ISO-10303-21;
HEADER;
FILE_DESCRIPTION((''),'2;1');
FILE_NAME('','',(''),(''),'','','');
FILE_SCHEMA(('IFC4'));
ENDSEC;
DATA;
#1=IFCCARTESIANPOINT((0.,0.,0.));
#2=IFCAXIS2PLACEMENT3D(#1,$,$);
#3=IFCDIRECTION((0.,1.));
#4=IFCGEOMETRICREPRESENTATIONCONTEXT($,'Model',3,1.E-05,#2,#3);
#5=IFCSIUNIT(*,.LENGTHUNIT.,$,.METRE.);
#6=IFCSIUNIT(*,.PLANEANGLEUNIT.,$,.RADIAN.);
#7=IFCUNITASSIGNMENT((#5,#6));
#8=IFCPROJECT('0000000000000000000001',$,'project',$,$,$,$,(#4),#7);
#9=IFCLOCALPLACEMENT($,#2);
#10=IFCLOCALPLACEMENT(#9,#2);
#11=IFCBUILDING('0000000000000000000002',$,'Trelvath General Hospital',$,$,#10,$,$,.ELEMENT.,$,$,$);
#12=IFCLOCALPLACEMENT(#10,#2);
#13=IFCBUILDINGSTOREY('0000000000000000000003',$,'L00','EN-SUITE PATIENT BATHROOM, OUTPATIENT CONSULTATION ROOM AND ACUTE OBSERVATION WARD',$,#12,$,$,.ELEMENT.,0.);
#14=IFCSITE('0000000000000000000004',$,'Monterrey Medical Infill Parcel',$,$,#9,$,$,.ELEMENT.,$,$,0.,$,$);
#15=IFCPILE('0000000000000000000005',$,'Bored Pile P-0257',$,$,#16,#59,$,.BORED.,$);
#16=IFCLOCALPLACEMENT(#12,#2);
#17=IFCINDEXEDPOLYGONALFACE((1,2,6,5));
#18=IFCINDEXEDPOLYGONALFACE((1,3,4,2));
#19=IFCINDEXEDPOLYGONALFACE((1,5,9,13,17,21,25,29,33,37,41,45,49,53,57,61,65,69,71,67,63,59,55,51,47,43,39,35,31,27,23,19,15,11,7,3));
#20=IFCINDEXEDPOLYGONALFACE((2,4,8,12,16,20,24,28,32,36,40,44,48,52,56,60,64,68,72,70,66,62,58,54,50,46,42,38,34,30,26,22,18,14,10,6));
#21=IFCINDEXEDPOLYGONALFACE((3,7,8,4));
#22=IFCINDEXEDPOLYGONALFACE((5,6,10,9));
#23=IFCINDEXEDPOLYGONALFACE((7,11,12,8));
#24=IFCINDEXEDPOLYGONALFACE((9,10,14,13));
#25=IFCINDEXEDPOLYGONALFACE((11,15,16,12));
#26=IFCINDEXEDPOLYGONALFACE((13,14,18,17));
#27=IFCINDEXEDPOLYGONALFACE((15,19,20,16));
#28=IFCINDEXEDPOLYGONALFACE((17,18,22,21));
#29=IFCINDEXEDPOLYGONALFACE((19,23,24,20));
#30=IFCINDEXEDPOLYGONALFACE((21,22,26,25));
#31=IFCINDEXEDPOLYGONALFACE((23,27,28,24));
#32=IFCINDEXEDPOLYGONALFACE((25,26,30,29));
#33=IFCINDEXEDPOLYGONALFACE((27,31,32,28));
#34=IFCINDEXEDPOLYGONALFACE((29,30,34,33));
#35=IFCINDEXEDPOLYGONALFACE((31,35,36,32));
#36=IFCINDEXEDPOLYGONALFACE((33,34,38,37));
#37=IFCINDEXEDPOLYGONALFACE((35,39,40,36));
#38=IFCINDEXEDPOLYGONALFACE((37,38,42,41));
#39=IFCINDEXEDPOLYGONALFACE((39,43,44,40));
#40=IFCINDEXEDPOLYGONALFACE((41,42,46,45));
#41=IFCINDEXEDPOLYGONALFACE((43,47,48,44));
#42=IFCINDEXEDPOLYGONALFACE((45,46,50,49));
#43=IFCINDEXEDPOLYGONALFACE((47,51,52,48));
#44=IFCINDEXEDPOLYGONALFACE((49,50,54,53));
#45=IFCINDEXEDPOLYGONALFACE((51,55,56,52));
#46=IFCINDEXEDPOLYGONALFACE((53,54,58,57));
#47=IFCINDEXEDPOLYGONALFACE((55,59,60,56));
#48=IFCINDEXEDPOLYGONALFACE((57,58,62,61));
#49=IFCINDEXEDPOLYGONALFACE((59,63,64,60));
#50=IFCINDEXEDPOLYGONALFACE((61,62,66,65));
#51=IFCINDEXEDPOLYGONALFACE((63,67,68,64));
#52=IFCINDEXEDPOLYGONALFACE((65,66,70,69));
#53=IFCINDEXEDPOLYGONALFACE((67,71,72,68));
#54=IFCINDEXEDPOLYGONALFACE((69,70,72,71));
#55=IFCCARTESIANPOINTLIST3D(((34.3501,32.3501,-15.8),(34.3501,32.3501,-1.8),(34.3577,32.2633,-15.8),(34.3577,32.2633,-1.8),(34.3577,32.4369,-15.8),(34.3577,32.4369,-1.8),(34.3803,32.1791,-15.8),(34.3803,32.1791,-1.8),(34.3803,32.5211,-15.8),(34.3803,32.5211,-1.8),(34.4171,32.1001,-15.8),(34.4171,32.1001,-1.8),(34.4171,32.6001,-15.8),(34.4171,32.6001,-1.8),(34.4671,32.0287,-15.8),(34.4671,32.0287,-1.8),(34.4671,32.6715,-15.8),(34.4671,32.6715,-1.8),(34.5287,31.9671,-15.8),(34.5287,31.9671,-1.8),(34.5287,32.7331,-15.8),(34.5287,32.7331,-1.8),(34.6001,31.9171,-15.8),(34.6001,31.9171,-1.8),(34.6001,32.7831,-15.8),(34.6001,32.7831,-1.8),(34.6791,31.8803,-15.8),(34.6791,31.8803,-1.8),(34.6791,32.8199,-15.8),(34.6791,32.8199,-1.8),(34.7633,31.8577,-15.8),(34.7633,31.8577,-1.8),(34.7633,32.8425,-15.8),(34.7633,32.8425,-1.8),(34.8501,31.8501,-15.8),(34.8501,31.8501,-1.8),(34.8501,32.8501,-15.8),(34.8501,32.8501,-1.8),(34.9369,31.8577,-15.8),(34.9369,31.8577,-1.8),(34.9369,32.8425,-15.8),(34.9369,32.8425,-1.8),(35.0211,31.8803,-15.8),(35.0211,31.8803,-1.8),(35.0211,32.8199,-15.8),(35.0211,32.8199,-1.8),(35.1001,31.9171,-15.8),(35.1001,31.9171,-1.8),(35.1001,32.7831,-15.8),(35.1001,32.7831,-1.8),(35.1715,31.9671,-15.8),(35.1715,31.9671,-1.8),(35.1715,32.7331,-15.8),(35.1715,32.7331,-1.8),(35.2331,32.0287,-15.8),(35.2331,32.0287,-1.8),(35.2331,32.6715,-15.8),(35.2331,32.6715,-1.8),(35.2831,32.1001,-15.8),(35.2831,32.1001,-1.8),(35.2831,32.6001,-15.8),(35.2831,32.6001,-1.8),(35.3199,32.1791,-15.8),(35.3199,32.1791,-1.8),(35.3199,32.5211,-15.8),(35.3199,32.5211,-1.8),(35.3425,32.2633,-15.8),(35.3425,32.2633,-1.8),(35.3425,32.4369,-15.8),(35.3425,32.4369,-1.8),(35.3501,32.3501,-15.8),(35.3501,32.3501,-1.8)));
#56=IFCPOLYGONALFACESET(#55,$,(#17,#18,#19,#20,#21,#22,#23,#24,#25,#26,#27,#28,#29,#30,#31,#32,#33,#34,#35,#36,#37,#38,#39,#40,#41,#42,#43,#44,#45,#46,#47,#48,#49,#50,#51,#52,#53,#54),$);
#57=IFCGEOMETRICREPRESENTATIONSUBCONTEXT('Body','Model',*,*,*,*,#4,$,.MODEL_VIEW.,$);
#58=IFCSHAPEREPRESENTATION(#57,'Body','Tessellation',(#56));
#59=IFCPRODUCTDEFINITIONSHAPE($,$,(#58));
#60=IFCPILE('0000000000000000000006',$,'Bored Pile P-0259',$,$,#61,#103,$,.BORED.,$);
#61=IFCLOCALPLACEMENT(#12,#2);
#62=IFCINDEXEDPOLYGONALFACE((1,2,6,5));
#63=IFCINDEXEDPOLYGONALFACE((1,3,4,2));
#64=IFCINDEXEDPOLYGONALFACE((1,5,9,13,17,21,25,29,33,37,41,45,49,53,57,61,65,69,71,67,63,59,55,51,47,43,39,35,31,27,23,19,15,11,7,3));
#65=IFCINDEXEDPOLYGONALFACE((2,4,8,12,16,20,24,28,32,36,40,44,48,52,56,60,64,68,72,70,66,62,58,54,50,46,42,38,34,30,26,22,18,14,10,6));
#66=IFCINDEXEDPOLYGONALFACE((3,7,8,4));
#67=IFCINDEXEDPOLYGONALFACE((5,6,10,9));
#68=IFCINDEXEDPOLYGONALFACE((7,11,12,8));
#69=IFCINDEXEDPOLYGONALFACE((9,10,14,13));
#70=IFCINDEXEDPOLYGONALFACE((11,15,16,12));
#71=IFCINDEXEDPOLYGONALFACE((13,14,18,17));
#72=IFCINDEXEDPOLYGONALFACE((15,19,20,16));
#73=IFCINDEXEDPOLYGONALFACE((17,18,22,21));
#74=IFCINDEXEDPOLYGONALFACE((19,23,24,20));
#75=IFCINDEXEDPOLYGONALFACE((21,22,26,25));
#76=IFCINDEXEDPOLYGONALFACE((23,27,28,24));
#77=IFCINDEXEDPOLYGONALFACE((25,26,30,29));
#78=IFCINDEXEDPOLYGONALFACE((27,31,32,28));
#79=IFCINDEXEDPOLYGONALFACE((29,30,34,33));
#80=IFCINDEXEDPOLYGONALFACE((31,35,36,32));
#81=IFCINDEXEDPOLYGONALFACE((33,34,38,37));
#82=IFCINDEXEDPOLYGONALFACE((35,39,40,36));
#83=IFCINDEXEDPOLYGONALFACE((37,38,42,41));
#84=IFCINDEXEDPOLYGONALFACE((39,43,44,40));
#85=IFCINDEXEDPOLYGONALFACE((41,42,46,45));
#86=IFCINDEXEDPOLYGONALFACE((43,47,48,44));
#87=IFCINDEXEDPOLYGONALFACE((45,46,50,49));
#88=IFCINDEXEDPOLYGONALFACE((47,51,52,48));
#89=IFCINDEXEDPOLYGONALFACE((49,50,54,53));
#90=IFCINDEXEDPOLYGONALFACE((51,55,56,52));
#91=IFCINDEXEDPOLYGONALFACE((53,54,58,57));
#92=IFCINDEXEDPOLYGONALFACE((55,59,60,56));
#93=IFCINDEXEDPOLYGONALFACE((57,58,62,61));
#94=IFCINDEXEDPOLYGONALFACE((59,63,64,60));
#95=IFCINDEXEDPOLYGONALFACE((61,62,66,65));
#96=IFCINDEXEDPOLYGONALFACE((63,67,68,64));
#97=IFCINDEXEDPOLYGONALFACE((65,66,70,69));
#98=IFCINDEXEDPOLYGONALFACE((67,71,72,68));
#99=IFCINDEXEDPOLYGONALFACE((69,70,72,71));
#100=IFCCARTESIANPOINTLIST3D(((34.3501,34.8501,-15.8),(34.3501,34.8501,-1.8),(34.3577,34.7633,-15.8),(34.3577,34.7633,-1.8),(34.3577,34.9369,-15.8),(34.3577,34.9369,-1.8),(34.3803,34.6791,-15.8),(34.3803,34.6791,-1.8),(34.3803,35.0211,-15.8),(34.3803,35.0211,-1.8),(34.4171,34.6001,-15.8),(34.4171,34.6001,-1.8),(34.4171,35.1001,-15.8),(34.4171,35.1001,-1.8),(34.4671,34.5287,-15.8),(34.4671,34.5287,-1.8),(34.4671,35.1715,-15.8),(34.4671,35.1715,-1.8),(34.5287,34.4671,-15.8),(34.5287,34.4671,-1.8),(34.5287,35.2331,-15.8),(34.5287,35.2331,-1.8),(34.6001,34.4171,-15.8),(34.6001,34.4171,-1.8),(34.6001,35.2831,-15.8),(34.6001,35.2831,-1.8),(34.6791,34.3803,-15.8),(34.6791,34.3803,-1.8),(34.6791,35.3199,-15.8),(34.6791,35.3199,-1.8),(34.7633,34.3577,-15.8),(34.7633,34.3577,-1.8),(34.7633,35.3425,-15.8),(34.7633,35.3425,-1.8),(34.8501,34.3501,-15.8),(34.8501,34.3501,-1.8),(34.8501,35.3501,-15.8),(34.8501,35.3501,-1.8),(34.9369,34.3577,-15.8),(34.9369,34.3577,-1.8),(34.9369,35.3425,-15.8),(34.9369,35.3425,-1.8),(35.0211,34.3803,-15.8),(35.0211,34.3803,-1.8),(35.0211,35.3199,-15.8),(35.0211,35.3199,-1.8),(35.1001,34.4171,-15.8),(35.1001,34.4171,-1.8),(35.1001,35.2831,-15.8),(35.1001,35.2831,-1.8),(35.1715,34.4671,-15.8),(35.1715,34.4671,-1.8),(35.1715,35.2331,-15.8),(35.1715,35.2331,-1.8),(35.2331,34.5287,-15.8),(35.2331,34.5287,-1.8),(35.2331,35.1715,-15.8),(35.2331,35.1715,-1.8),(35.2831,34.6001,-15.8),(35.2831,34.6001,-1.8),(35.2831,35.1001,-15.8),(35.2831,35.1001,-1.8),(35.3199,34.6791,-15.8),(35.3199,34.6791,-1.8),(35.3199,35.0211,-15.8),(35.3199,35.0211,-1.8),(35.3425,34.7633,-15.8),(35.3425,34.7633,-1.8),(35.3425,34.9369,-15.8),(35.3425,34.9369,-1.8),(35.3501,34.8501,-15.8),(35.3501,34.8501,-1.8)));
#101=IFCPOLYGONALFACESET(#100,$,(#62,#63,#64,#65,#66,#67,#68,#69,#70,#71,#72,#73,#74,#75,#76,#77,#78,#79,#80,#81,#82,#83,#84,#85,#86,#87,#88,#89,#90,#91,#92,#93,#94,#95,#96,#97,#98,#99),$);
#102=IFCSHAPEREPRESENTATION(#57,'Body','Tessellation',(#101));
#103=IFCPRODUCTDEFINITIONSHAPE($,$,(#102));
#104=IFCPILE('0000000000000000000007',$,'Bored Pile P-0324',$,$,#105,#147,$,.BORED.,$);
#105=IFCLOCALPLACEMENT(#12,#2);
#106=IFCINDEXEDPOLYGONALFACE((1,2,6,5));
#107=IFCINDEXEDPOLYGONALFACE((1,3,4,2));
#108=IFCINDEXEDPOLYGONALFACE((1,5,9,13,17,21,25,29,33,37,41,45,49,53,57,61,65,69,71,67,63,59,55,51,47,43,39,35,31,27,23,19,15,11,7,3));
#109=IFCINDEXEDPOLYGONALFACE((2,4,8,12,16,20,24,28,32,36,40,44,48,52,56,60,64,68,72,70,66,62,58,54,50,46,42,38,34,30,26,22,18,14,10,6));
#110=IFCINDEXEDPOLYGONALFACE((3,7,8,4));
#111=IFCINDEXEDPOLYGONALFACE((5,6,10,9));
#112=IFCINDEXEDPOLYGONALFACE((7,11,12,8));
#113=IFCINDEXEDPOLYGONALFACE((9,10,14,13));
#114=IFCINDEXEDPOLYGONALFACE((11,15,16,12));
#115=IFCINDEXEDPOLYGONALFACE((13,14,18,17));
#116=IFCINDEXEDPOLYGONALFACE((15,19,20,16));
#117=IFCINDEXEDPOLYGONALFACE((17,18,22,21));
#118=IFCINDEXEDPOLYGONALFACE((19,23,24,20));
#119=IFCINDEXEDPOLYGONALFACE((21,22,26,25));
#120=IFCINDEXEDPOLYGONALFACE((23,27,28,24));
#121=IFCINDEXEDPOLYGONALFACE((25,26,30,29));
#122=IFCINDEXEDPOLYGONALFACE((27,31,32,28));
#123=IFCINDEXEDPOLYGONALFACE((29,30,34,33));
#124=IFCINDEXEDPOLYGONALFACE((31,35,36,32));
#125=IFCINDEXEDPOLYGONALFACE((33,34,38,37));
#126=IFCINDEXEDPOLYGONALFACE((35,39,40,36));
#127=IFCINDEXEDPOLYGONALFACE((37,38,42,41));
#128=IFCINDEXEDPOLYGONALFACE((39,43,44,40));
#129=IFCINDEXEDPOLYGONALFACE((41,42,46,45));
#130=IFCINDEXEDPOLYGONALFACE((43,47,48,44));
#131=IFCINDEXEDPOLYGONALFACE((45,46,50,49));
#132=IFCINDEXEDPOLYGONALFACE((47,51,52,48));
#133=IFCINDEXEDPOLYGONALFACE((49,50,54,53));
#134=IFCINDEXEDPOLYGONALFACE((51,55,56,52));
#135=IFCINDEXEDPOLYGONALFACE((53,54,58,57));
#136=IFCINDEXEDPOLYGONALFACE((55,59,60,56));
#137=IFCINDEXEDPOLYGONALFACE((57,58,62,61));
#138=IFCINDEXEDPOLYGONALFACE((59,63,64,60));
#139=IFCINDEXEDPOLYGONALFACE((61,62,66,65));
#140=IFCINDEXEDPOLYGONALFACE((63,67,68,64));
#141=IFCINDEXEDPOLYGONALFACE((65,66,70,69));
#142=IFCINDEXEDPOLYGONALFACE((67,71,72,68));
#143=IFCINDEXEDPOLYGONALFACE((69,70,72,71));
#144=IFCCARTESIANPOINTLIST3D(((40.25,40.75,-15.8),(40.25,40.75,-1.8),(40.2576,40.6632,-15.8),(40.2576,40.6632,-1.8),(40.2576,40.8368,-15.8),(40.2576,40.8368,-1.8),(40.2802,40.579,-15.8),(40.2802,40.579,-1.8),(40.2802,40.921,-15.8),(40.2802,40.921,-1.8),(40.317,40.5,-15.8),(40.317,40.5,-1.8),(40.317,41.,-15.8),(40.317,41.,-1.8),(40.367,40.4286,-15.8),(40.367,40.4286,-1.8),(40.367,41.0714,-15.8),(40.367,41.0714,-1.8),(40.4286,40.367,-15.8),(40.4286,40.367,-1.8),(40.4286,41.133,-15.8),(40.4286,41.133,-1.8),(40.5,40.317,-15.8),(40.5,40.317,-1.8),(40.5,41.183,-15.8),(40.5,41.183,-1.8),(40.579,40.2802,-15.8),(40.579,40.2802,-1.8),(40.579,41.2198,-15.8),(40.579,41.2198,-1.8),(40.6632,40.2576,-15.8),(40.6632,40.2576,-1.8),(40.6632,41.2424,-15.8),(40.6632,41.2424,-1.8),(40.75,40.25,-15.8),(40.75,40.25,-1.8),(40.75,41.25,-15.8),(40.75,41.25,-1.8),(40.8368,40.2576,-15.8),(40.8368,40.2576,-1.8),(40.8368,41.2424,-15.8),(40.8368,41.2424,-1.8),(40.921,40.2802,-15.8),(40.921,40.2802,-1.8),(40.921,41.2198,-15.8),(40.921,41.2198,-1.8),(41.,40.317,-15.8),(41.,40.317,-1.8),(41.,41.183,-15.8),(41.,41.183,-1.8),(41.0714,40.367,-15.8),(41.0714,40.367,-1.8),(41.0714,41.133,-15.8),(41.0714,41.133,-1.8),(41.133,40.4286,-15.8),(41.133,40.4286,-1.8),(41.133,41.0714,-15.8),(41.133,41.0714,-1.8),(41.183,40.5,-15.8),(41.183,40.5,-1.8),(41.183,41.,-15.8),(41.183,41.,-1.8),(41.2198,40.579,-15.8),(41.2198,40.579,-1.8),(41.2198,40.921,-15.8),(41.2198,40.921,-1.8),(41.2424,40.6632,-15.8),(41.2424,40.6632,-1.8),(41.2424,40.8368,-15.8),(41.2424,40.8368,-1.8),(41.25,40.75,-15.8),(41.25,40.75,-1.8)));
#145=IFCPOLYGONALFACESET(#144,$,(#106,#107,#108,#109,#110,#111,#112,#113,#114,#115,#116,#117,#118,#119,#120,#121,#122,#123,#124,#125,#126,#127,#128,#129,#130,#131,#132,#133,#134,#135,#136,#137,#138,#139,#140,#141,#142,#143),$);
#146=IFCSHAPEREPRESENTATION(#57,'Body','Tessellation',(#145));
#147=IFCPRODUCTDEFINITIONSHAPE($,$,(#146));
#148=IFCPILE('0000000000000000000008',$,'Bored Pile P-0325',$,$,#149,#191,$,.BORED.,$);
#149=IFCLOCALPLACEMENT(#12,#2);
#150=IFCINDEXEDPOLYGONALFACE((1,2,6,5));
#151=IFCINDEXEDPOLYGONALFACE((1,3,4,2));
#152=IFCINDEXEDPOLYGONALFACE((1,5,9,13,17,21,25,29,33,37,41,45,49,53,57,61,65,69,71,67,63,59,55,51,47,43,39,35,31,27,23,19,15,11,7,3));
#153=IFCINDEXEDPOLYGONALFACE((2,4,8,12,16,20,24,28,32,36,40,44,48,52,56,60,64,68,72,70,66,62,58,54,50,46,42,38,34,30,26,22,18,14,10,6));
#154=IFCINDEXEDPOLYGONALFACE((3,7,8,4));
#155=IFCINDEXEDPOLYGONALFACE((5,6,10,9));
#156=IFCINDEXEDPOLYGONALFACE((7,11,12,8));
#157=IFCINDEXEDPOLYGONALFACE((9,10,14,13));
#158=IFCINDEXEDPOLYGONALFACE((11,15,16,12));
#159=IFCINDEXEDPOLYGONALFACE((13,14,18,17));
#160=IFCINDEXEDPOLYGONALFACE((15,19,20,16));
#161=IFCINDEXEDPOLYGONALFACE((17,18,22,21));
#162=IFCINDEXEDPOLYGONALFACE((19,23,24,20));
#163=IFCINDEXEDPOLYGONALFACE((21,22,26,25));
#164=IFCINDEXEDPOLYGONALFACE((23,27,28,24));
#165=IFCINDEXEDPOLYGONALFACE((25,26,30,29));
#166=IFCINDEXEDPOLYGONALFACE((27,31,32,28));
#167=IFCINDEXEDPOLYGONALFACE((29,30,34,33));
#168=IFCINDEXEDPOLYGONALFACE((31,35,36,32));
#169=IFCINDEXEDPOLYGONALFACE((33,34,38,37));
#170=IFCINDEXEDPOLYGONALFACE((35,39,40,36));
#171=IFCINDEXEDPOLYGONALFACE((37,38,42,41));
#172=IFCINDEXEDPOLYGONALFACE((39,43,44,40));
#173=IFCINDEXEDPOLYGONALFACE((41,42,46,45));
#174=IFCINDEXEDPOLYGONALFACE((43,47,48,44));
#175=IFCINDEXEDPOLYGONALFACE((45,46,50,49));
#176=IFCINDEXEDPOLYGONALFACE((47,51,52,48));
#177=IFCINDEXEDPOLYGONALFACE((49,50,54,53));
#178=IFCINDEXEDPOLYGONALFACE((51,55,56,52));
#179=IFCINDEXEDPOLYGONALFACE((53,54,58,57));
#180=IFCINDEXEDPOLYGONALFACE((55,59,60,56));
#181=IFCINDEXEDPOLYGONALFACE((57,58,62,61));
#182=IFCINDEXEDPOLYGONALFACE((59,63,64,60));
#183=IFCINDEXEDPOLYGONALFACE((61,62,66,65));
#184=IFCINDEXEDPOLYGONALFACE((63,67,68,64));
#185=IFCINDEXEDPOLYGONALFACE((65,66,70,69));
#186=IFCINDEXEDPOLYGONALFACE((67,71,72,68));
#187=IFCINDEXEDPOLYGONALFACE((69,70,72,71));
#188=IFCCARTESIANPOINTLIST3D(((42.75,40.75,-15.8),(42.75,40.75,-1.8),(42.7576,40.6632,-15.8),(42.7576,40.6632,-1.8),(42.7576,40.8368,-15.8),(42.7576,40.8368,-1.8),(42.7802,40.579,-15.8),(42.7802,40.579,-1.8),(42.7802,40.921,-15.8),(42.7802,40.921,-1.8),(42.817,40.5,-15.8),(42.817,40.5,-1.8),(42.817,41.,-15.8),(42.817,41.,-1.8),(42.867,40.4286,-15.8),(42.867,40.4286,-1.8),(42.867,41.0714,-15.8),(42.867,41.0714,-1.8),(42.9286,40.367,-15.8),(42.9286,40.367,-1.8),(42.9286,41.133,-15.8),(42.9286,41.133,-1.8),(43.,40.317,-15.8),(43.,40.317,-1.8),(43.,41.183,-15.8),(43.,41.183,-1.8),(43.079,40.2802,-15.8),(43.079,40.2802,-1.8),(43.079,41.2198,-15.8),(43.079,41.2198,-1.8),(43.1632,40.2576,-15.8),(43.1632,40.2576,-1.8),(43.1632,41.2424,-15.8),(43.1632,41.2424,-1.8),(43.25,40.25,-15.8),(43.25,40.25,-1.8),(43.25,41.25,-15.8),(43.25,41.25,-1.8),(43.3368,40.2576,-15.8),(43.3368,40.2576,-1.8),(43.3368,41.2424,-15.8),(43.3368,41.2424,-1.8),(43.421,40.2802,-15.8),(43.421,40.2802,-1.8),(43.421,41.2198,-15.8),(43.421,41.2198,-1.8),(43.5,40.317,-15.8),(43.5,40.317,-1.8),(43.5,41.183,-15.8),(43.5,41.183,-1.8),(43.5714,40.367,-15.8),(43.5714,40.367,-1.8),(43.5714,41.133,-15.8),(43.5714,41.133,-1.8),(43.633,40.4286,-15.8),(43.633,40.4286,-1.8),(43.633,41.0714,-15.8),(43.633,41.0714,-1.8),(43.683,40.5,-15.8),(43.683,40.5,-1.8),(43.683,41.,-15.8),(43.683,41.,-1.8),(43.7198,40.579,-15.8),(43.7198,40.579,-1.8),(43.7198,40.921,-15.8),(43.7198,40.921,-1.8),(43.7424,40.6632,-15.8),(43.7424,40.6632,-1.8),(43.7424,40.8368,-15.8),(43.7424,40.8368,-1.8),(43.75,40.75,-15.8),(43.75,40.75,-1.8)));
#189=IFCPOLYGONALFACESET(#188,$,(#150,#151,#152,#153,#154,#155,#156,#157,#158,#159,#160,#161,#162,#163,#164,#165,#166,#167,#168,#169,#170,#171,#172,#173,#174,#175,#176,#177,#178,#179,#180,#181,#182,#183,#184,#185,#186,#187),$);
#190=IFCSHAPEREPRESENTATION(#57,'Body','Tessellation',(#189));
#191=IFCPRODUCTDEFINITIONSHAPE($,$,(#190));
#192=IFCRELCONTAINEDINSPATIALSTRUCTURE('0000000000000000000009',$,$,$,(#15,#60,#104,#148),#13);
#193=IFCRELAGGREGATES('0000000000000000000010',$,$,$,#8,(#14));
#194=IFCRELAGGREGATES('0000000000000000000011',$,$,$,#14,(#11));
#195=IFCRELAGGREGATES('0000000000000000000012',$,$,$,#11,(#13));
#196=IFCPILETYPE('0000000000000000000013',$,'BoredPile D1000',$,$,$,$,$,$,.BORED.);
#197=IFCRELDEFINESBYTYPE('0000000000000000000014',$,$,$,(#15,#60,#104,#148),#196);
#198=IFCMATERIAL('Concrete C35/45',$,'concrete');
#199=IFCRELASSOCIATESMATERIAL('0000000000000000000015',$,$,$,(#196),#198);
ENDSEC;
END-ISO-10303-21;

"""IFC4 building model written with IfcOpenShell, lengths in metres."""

from ifc_helpers import new_model, si_unit, direction, frame, origin, origin_2d, place, context, subcontext, project, spatial, circle, extrude, material, material_profile, profile_set, type_object, element, save


model = new_model("IFC4")

# Units and contexts
model_context = context("Model", 3, precision=1e-05, world=origin(), true_north=direction((0.0, 1.0)))
body_context = subcontext(model_context, "Body", "Model", "MODEL_VIEW")
ifc_project = project(units=[si_unit("LENGTHUNIT", "METRE"), si_unit("PLANEANGLEUNIT", "RADIAN")], contexts=[model_context])

# Site, building, storey
site_placement = place(None, origin())
site = spatial("IfcSite", under=ifc_project, at=site_placement, Name="Monterrey Medical Infill Parcel", CompositionType="ELEMENT", RefElevation=0.0)
building_placement = place(site_placement, origin())
building = spatial("IfcBuilding", under=site, at=building_placement, Name="Trelvath General Hospital", CompositionType="ELEMENT")
storey_placement = place(building_placement, origin())
storey = spatial("IfcBuildingStorey", under=building, at=storey_placement, Name="L00", Description="EN-SUITE PATIENT BATHROOM, OUTPATIENT CONSULTATION ROOM AND ACUTE OBSERVATION WARD", CompositionType="ELEMENT", Elevation=0.0)

# Piles
ifc_material_1 = material(Name="Concrete C35/45", Category="concrete")
ifc_material_profile_1 = material_profile(ifc_material_1, circle(Radius=0.5, at=origin_2d()), Name="PILE1000")
ifc_profile_set_1 = profile_set([ifc_material_profile_1], Name="Concrete C35/45")
pile_type_1 = type_object("IfcPileType", Name="BoredPile D1000", PredefinedType="BORED", material=ifc_profile_set_1)
for number, where, z_axis, x_axis, name in (
    (1, (34.8501, 32.3501, -1.8), (0.0, 0.0, -1.0), (1.0, 0.0, 0.0), "Bored Pile P-0257"),
    (2, (34.8501, 34.8501, -1.8), (0.0, 0.0, -1.0), (1.0, 0.0, 0.0), "Bored Pile P-0259"),
    (3, (40.75, 40.75, -1.8), (0.0, 0.0, -1.0), (1.0, 0.0, 0.0), "Bored Pile P-0324"),
    (4, (43.25, 40.75, -1.8), (0.0, 0.0, -1.0), (1.0, 0.0, 0.0), "Bored Pile P-0325"),
):
    element("IfcPile", number, at=place(storey_placement, frame(where, z_axis=z_axis, x_axis=x_axis)), inside=storey, type_object=pile_type_1, Name=name, PredefinedType="BORED", context=body_context, shape_type="SweptSolid", body=[
        extrude(circle(Radius=0.5, at=origin_2d()), origin(), (0.0, 0.0, 1.0), 14.0),
    ])

save(model, "model.ifc")
